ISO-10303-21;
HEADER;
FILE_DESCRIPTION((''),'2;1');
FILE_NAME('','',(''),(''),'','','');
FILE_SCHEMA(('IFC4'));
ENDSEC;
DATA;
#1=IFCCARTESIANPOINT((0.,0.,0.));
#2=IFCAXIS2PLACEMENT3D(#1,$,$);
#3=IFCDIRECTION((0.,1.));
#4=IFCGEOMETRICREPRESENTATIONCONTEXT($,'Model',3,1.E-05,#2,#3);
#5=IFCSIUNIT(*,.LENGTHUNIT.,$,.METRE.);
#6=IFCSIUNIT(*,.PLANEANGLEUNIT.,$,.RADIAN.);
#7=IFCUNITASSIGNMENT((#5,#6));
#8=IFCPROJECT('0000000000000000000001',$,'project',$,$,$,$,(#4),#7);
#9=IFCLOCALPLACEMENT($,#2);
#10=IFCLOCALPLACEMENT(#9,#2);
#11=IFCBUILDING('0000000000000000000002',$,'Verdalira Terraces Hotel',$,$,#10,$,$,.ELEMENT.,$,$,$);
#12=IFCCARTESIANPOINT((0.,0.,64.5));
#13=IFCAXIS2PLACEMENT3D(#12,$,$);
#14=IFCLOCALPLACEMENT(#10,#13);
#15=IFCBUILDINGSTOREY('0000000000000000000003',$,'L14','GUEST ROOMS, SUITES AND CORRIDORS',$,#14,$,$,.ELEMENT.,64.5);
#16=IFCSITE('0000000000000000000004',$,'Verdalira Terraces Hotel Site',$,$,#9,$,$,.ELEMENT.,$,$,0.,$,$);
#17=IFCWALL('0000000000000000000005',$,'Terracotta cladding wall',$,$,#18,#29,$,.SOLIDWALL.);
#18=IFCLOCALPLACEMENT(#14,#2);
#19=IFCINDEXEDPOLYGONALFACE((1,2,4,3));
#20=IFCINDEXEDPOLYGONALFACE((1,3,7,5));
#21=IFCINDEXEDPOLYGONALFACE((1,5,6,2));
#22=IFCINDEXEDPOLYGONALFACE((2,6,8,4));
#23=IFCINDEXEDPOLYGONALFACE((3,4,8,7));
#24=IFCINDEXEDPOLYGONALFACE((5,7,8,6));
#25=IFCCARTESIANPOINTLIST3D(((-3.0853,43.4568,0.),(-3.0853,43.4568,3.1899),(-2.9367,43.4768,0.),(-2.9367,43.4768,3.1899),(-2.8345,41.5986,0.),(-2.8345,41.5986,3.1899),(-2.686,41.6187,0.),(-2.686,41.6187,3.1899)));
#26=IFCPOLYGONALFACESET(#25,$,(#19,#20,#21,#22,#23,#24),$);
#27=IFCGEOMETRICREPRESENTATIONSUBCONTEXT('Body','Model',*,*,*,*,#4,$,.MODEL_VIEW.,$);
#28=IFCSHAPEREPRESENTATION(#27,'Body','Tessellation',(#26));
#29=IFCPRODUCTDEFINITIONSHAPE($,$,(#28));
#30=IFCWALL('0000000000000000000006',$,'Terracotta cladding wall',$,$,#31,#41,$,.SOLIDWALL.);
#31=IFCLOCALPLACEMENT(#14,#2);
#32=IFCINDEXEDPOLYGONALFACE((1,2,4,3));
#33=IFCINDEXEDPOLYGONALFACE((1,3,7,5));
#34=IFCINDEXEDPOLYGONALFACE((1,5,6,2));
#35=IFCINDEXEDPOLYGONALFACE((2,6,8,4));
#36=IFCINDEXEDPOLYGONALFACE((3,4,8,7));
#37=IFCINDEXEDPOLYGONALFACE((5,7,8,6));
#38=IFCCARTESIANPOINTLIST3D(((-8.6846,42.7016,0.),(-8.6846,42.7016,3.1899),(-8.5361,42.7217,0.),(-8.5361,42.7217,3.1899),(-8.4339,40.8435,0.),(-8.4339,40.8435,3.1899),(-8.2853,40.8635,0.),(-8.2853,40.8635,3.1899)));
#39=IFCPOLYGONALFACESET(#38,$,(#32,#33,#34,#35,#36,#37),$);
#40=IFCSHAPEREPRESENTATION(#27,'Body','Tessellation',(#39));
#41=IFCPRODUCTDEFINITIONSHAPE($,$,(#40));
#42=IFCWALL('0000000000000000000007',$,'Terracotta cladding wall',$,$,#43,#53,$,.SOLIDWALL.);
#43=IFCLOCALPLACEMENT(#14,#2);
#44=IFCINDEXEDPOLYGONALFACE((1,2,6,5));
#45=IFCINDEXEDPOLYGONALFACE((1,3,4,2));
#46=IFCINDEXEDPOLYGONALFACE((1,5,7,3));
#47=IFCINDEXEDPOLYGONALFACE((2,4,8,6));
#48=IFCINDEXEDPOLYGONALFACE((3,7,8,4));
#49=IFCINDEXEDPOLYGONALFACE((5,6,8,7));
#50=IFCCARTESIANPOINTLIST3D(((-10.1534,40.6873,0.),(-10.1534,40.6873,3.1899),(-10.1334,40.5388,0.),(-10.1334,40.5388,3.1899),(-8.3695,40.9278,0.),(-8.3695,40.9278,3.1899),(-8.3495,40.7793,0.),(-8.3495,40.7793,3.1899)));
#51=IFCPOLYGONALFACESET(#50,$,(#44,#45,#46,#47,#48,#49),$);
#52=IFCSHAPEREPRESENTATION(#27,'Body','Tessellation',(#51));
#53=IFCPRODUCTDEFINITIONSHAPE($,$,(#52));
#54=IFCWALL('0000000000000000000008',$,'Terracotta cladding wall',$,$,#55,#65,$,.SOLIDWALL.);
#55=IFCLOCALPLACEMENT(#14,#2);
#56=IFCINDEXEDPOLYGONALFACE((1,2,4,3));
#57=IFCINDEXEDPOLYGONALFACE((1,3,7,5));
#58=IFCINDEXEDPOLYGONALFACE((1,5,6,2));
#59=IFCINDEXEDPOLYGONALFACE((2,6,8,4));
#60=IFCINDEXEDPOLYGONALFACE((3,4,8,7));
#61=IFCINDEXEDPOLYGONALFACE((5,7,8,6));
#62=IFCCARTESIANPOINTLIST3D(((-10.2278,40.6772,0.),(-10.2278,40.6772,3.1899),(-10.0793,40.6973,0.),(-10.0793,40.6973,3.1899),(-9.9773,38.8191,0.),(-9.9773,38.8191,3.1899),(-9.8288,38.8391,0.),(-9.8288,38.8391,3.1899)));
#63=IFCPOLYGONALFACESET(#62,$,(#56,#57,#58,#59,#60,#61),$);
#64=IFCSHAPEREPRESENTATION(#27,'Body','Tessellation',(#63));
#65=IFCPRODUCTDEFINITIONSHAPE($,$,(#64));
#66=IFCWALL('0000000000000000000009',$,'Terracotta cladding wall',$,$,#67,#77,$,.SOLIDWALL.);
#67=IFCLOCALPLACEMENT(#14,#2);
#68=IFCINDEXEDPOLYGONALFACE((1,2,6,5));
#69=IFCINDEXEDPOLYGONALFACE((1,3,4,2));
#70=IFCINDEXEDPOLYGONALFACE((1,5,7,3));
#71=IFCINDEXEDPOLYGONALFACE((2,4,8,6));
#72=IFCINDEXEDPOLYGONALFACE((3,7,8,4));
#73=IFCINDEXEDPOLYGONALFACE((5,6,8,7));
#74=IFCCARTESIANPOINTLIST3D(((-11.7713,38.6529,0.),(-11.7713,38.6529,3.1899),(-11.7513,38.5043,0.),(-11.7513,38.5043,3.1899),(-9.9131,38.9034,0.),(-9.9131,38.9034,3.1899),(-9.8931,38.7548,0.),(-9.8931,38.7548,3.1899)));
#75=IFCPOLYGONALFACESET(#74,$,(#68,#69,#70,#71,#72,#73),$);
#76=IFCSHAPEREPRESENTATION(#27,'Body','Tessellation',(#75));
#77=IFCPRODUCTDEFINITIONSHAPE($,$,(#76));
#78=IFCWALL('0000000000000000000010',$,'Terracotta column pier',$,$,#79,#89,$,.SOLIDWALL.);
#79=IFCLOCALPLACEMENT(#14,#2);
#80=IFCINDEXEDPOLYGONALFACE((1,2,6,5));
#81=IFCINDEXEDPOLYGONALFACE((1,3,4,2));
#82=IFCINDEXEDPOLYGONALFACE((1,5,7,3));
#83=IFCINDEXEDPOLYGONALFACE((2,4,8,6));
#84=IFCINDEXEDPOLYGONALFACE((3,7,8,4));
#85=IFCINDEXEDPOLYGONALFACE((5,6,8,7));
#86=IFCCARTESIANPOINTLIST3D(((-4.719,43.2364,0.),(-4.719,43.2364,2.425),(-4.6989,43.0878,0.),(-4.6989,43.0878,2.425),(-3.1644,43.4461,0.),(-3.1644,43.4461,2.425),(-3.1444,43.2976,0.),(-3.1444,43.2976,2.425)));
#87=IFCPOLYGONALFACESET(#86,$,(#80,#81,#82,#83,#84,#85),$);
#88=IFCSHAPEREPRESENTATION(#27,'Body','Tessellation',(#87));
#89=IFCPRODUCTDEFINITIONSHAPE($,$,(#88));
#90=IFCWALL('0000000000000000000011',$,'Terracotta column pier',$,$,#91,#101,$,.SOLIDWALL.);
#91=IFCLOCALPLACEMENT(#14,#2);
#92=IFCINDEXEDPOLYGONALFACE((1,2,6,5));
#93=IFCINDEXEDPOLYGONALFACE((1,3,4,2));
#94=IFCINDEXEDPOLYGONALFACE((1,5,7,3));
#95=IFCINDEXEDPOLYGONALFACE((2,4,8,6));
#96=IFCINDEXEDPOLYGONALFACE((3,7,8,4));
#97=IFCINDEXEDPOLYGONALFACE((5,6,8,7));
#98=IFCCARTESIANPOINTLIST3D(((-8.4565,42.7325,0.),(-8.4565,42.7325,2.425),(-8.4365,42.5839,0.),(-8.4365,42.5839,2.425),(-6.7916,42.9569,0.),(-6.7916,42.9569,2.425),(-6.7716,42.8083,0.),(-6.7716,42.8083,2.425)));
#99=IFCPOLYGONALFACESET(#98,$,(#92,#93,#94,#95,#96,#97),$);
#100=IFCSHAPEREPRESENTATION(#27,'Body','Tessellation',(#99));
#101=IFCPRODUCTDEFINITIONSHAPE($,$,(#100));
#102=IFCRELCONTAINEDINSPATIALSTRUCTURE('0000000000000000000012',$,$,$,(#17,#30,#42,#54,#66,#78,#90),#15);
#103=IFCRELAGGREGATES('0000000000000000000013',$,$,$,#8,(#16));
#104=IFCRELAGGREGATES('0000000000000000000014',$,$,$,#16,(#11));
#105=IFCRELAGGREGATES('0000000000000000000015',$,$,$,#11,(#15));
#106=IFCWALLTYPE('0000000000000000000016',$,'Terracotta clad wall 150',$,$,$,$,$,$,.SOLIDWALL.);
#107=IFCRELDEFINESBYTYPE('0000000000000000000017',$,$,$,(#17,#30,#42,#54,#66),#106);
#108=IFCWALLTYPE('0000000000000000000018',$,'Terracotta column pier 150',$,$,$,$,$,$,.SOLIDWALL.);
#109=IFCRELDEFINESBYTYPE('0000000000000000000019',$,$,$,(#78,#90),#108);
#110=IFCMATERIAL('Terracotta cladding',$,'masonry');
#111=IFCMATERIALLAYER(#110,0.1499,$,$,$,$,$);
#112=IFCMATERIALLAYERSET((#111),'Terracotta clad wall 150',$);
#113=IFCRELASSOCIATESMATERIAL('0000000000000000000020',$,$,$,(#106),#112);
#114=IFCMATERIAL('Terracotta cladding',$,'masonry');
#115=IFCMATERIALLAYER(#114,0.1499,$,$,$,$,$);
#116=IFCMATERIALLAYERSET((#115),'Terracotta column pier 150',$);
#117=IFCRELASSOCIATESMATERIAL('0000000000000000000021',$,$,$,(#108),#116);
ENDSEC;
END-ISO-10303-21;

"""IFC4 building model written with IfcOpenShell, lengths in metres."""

from ifc_helpers import new_model, si_unit, direction, frame, frame_2d, origin, place, context, subcontext, project, spatial, rectangle, extrude, material, layer, layer_set, type_object, element, save


model = new_model("IFC4")

# Units and contexts
model_context = context("Model", 3, precision=1e-05, world=origin(), true_north=direction((0.0, 1.0)))
body_context = subcontext(model_context, "Body", "Model", "MODEL_VIEW")
ifc_project = project(units=[si_unit("LENGTHUNIT", "METRE"), si_unit("PLANEANGLEUNIT", "RADIAN")], contexts=[model_context])

# Site, building, storey
site_placement = place(None, origin())
site = spatial("IfcSite", under=ifc_project, at=site_placement, Name="Verdalira Terraces Hotel Site", CompositionType="ELEMENT", RefElevation=0.0)
building_placement = place(site_placement, origin())
building = spatial("IfcBuilding", under=site, at=building_placement, Name="Verdalira Terraces Hotel", CompositionType="ELEMENT")
storey_placement = place(building_placement, frame((0.0, 0.0, 64.5)))
storey = spatial("IfcBuildingStorey", under=building, at=storey_placement, Name="L14", Description="GUEST ROOMS, SUITES AND CORRIDORS", CompositionType="ELEMENT", Elevation=64.5)

# Walls
ifc_material_1 = material(Name="Terracotta cladding", Category="masonry")
ifc_layer_1 = layer(ifc_material_1, 0.1499)
ifc_layer_set_1 = layer_set([ifc_layer_1], Name="Terracotta clad wall 150")
wall_type_1 = type_object("IfcWallType", Name="Terracotta clad wall 150", PredefinedType="SOLIDWALL", material=ifc_layer_set_1)
for number, where, z_axis, x_axis, name in (
    (1, (-2.7603, 41.6086, 0.0), (0.0, 0.0, 1.0), (-0.133724, 0.991019, 0.0), "Terracotta cladding wall"),
    (2, (-8.6104, 42.7117, 0.0), (0.0, 0.0, 1.0), (0.133724, -0.991019, 0.0), "Terracotta cladding wall"),
):
    element("IfcWall", number, at=place(storey_placement, frame(where, z_axis=z_axis, x_axis=x_axis)), inside=storey, type_object=wall_type_1, Name=name, PredefinedType="SOLIDWALL", context=body_context, shape_type="SweptSolid", body=[
        extrude(rectangle(XDim=1.875, YDim=0.1499, at=frame_2d((0.9375, 0.0))), origin(), (0.0, 0.0, 1.0), 3.1899),
    ])
wall_1_placement = place(storey_placement, frame((-8.3596, 40.8535, 0.0), z_axis=(0.0, 0.0, 1.0), x_axis=(-0.991036, -0.133594, 0.0)))
element("IfcWall", 3, at=wall_1_placement, inside=storey, type_object=wall_type_1, Name="Terracotta cladding wall", PredefinedType="SOLIDWALL", context=body_context, shape_type="SweptSolid", body=[
    extrude(rectangle(XDim=1.8, YDim=0.1499, at=frame_2d((0.8999, 0.0))), origin(), (0.0, 0.0, 1.0), 3.1899),
])
for number, where, z_axis, x_axis, name in (
    (4, (-10.1536, 40.6873, 0.0), (0.0, 0.0, 1.0), (0.133596, -0.991036, 0.0), "Terracotta cladding wall"),
    (5, (-9.9031, 38.8291, 0.0), (0.0, 0.0, 1.0), (-0.991036, -0.133596, 0.0), "Terracotta cladding wall"),
):
    element("IfcWall", number, at=place(storey_placement, frame(where, z_axis=z_axis, x_axis=x_axis)), inside=storey, type_object=wall_type_1, Name=name, PredefinedType="SOLIDWALL", context=body_context, shape_type="SweptSolid", body=[
        extrude(rectangle(XDim=1.875, YDim=0.1499, at=frame_2d((0.9375, 0.0))), origin(), (0.0, 0.0, 1.0), 3.1899),
    ])
ifc_material_2 = material(Name="Terracotta cladding", Category="masonry")
ifc_layer_2 = layer(ifc_material_2, 0.1499)
ifc_layer_set_2 = layer_set([ifc_layer_2], Name="Terracotta column pier 150")
wall_type_2 = type_object("IfcWallType", Name="Terracotta column pier 150", PredefinedType="SOLIDWALL", material=ifc_layer_set_2)
wall_2_placement = place(storey_placement, frame((-3.1545, 43.3718, 0.0), z_axis=(0.0, 0.0, 1.0), x_axis=(-0.991021, -0.133703, 0.0)))
element("IfcWall", 6, at=wall_2_placement, inside=storey, type_object=wall_type_2, Name="Terracotta column pier", PredefinedType="SOLIDWALL", context=body_context, shape_type="SweptSolid", body=[
    extrude(rectangle(XDim=1.5686, YDim=0.1499, at=frame_2d((0.7842, 0.0))), origin(), (0.0, 0.0, 1.0), 2.425),
])
wall_3_placement = place(storey_placement, frame((-6.7817, 42.8826, 0.0), z_axis=(0.0, 0.0, 1.0), x_axis=(-0.99104, -0.133563, 0.0)))
element("IfcWall", 7, at=wall_3_placement, inside=storey, type_object=wall_type_2, Name="Terracotta column pier", PredefinedType="SOLIDWALL", context=body_context, shape_type="SweptSolid", body=[
    extrude(rectangle(XDim=1.6799, YDim=0.1499, at=frame_2d((0.8398, 0.0))), origin(), (0.0, 0.0, 1.0), 2.425),
])

save(model, "model.ifc")
